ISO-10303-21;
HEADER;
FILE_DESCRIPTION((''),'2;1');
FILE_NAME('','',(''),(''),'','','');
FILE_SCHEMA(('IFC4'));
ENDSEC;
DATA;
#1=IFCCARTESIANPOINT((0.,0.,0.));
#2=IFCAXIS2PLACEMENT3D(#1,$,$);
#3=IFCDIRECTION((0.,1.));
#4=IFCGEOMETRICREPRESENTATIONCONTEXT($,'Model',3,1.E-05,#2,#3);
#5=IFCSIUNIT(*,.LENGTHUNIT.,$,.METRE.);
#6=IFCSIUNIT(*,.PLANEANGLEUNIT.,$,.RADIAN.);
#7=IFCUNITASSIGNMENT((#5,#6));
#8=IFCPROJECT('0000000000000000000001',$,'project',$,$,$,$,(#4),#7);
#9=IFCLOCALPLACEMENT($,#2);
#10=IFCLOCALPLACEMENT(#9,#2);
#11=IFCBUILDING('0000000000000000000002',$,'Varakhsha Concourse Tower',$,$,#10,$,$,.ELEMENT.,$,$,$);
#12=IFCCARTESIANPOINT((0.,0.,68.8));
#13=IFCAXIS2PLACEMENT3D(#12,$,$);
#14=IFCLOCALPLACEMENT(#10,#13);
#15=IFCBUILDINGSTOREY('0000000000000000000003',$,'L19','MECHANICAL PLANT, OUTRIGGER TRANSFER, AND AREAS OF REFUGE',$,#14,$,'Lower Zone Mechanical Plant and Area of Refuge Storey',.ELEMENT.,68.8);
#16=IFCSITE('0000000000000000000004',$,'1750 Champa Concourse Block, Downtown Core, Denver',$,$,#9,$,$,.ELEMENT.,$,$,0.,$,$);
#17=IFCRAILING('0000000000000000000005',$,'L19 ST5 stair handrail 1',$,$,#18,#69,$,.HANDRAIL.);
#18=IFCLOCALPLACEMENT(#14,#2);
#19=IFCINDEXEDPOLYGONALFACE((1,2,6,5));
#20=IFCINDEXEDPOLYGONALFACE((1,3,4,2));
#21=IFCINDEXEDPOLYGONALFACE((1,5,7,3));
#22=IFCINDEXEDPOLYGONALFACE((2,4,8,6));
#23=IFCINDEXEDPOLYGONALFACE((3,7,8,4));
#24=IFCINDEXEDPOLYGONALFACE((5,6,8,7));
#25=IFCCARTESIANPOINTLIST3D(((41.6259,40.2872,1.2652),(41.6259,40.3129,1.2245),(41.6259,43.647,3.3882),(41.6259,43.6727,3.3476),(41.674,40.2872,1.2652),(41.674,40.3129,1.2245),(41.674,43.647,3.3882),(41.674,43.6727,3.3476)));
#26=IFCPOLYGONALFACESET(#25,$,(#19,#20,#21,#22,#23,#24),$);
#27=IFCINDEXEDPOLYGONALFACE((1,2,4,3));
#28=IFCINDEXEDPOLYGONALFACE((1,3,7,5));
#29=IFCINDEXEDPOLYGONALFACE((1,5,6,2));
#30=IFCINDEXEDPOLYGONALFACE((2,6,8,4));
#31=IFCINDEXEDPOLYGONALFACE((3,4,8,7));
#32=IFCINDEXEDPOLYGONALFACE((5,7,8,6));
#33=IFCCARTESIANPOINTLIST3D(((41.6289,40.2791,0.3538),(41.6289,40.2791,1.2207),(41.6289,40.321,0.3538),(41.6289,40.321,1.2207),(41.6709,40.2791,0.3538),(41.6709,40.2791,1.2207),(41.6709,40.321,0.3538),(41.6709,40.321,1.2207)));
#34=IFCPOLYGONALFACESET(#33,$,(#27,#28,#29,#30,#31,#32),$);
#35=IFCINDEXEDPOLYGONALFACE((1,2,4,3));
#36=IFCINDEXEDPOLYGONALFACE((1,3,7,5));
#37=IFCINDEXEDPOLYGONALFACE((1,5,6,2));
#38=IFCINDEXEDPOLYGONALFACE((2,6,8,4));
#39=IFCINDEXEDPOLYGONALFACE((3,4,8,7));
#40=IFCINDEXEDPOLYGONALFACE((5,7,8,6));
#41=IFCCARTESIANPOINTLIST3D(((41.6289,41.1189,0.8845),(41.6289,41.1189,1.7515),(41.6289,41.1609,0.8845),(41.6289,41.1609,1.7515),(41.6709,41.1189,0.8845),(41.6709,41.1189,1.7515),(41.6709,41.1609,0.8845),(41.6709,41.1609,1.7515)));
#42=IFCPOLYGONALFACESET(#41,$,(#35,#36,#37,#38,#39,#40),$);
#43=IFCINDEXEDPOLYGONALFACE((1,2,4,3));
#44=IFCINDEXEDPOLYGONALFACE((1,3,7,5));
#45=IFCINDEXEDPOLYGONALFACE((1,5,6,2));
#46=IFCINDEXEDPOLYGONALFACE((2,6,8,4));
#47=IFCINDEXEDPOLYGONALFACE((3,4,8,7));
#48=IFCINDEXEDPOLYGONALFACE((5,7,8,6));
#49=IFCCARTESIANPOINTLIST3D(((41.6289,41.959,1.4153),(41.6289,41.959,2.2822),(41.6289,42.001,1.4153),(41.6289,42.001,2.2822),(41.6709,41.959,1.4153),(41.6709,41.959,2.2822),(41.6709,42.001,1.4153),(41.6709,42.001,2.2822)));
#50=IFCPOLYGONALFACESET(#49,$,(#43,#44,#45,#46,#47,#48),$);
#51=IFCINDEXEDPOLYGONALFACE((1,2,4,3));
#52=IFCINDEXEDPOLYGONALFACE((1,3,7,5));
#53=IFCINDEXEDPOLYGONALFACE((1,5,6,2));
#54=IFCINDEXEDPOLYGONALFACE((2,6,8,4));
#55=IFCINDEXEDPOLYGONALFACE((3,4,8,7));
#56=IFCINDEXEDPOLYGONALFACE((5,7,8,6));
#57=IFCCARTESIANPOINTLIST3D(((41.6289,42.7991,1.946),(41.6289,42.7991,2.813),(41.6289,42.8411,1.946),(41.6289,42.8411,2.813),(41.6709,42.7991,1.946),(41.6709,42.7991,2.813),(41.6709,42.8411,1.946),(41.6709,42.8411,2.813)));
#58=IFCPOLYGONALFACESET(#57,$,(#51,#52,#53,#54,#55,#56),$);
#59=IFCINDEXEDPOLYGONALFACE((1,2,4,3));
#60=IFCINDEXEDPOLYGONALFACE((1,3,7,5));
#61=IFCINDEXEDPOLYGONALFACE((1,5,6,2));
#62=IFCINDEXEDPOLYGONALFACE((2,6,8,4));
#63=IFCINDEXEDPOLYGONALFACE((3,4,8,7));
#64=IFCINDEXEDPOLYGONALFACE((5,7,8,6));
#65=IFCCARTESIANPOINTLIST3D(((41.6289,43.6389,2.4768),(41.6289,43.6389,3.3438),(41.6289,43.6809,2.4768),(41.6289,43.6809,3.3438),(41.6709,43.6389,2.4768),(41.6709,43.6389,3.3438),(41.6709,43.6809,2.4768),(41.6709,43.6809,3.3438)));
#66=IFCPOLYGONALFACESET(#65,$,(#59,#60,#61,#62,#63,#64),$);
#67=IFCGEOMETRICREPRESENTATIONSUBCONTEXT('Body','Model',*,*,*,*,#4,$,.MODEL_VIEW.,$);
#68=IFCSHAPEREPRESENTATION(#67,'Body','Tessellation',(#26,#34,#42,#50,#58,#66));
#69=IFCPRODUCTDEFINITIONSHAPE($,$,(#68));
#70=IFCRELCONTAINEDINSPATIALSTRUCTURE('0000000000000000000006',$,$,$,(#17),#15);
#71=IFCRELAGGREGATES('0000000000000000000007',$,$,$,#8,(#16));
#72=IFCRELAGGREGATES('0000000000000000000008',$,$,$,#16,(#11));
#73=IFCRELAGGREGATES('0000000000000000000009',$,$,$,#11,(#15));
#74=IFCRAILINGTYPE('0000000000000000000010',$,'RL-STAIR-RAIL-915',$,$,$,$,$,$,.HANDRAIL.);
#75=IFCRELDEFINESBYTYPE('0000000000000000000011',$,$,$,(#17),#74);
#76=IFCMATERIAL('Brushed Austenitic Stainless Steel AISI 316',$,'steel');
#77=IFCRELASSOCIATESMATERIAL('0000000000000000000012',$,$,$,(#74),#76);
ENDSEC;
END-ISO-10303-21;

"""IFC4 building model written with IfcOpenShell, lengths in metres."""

from ifc_helpers import new_model, si_unit, direction, frame, origin, origin_2d, place, context, subcontext, project, spatial, rectangle, extrude, material, type_object, element, save


model = new_model("IFC4")

# Units and contexts
model_context = context("Model", 3, precision=1e-05, world=origin(), true_north=direction((0.0, 1.0)))
body_context = subcontext(model_context, "Body", "Model", "MODEL_VIEW")
ifc_project = project(units=[si_unit("LENGTHUNIT", "METRE"), si_unit("PLANEANGLEUNIT", "RADIAN")], contexts=[model_context])

# Site, building, storey
site_placement = place(None, origin())
site = spatial("IfcSite", under=ifc_project, at=site_placement, Name="1750 Champa Concourse Block, Downtown Core, Denver", CompositionType="ELEMENT", RefElevation=0.0)
building_placement = place(site_placement, origin())
building = spatial("IfcBuilding", under=site, at=building_placement, Name="Varakhsha Concourse Tower", CompositionType="ELEMENT")
storey_placement = place(building_placement, frame((0.0, 0.0, 68.8)))
storey = spatial("IfcBuildingStorey", under=building, at=storey_placement, Name="L19", Description="MECHANICAL PLANT, OUTRIGGER TRANSFER, AND AREAS OF REFUGE", LongName="Lower Zone Mechanical Plant and Area of Refuge Storey", CompositionType="ELEMENT", Elevation=68.8)

# Railing
ifc_material_1 = material(Name="Brushed Austenitic Stainless Steel AISI 316", Category="steel")
railing_type_1 = type_object("IfcRailingType", Name="RL-STAIR-RAIL-915", PredefinedType="HANDRAIL", material=ifc_material_1)
railing_1_placement = place(storey_placement, frame((41.6499, 40.3, 0.3538)))
element("IfcRailing", 1, at=railing_1_placement, inside=storey, type_object=railing_type_1, Name="L19 ST5 stair handrail 1", PredefinedType="HANDRAIL", context=body_context, shape_type="SweptSolid", body=[
    extrude(rectangle(XDim=0.0481, YDim=0.0481, at=origin_2d()), frame((0.0, 0.0, 0.8911), z_axis=(0.0, 0.845372, 0.534178), x_axis=(-1.0, 0.0, 0.0)), (0.0, 0.0, 1.0), 3.9744),
    extrude(rectangle(XDim=0.042, YDim=0.042, at=origin_2d()), origin(), (0.0, 0.0, 1.0), 0.8669),
    extrude(rectangle(XDim=0.042, YDim=0.042, at=origin_2d()), frame((0.0, 0.8398, 0.5308)), (0.0, 0.0, 1.0), 0.8669),
    extrude(rectangle(XDim=0.042, YDim=0.042, at=origin_2d()), frame((0.0, 1.6799, 1.0615)), (0.0, 0.0, 1.0), 0.8669),
    extrude(rectangle(XDim=0.042, YDim=0.042, at=origin_2d()), frame((0.0, 2.52, 1.5923)), (0.0, 0.0, 1.0), 0.8669),
    extrude(rectangle(XDim=0.042, YDim=0.042, at=origin_2d()), frame((0.0, 3.3599, 2.123)), (0.0, 0.0, 1.0), 0.8669),
])

save(model, "model.ifc")
